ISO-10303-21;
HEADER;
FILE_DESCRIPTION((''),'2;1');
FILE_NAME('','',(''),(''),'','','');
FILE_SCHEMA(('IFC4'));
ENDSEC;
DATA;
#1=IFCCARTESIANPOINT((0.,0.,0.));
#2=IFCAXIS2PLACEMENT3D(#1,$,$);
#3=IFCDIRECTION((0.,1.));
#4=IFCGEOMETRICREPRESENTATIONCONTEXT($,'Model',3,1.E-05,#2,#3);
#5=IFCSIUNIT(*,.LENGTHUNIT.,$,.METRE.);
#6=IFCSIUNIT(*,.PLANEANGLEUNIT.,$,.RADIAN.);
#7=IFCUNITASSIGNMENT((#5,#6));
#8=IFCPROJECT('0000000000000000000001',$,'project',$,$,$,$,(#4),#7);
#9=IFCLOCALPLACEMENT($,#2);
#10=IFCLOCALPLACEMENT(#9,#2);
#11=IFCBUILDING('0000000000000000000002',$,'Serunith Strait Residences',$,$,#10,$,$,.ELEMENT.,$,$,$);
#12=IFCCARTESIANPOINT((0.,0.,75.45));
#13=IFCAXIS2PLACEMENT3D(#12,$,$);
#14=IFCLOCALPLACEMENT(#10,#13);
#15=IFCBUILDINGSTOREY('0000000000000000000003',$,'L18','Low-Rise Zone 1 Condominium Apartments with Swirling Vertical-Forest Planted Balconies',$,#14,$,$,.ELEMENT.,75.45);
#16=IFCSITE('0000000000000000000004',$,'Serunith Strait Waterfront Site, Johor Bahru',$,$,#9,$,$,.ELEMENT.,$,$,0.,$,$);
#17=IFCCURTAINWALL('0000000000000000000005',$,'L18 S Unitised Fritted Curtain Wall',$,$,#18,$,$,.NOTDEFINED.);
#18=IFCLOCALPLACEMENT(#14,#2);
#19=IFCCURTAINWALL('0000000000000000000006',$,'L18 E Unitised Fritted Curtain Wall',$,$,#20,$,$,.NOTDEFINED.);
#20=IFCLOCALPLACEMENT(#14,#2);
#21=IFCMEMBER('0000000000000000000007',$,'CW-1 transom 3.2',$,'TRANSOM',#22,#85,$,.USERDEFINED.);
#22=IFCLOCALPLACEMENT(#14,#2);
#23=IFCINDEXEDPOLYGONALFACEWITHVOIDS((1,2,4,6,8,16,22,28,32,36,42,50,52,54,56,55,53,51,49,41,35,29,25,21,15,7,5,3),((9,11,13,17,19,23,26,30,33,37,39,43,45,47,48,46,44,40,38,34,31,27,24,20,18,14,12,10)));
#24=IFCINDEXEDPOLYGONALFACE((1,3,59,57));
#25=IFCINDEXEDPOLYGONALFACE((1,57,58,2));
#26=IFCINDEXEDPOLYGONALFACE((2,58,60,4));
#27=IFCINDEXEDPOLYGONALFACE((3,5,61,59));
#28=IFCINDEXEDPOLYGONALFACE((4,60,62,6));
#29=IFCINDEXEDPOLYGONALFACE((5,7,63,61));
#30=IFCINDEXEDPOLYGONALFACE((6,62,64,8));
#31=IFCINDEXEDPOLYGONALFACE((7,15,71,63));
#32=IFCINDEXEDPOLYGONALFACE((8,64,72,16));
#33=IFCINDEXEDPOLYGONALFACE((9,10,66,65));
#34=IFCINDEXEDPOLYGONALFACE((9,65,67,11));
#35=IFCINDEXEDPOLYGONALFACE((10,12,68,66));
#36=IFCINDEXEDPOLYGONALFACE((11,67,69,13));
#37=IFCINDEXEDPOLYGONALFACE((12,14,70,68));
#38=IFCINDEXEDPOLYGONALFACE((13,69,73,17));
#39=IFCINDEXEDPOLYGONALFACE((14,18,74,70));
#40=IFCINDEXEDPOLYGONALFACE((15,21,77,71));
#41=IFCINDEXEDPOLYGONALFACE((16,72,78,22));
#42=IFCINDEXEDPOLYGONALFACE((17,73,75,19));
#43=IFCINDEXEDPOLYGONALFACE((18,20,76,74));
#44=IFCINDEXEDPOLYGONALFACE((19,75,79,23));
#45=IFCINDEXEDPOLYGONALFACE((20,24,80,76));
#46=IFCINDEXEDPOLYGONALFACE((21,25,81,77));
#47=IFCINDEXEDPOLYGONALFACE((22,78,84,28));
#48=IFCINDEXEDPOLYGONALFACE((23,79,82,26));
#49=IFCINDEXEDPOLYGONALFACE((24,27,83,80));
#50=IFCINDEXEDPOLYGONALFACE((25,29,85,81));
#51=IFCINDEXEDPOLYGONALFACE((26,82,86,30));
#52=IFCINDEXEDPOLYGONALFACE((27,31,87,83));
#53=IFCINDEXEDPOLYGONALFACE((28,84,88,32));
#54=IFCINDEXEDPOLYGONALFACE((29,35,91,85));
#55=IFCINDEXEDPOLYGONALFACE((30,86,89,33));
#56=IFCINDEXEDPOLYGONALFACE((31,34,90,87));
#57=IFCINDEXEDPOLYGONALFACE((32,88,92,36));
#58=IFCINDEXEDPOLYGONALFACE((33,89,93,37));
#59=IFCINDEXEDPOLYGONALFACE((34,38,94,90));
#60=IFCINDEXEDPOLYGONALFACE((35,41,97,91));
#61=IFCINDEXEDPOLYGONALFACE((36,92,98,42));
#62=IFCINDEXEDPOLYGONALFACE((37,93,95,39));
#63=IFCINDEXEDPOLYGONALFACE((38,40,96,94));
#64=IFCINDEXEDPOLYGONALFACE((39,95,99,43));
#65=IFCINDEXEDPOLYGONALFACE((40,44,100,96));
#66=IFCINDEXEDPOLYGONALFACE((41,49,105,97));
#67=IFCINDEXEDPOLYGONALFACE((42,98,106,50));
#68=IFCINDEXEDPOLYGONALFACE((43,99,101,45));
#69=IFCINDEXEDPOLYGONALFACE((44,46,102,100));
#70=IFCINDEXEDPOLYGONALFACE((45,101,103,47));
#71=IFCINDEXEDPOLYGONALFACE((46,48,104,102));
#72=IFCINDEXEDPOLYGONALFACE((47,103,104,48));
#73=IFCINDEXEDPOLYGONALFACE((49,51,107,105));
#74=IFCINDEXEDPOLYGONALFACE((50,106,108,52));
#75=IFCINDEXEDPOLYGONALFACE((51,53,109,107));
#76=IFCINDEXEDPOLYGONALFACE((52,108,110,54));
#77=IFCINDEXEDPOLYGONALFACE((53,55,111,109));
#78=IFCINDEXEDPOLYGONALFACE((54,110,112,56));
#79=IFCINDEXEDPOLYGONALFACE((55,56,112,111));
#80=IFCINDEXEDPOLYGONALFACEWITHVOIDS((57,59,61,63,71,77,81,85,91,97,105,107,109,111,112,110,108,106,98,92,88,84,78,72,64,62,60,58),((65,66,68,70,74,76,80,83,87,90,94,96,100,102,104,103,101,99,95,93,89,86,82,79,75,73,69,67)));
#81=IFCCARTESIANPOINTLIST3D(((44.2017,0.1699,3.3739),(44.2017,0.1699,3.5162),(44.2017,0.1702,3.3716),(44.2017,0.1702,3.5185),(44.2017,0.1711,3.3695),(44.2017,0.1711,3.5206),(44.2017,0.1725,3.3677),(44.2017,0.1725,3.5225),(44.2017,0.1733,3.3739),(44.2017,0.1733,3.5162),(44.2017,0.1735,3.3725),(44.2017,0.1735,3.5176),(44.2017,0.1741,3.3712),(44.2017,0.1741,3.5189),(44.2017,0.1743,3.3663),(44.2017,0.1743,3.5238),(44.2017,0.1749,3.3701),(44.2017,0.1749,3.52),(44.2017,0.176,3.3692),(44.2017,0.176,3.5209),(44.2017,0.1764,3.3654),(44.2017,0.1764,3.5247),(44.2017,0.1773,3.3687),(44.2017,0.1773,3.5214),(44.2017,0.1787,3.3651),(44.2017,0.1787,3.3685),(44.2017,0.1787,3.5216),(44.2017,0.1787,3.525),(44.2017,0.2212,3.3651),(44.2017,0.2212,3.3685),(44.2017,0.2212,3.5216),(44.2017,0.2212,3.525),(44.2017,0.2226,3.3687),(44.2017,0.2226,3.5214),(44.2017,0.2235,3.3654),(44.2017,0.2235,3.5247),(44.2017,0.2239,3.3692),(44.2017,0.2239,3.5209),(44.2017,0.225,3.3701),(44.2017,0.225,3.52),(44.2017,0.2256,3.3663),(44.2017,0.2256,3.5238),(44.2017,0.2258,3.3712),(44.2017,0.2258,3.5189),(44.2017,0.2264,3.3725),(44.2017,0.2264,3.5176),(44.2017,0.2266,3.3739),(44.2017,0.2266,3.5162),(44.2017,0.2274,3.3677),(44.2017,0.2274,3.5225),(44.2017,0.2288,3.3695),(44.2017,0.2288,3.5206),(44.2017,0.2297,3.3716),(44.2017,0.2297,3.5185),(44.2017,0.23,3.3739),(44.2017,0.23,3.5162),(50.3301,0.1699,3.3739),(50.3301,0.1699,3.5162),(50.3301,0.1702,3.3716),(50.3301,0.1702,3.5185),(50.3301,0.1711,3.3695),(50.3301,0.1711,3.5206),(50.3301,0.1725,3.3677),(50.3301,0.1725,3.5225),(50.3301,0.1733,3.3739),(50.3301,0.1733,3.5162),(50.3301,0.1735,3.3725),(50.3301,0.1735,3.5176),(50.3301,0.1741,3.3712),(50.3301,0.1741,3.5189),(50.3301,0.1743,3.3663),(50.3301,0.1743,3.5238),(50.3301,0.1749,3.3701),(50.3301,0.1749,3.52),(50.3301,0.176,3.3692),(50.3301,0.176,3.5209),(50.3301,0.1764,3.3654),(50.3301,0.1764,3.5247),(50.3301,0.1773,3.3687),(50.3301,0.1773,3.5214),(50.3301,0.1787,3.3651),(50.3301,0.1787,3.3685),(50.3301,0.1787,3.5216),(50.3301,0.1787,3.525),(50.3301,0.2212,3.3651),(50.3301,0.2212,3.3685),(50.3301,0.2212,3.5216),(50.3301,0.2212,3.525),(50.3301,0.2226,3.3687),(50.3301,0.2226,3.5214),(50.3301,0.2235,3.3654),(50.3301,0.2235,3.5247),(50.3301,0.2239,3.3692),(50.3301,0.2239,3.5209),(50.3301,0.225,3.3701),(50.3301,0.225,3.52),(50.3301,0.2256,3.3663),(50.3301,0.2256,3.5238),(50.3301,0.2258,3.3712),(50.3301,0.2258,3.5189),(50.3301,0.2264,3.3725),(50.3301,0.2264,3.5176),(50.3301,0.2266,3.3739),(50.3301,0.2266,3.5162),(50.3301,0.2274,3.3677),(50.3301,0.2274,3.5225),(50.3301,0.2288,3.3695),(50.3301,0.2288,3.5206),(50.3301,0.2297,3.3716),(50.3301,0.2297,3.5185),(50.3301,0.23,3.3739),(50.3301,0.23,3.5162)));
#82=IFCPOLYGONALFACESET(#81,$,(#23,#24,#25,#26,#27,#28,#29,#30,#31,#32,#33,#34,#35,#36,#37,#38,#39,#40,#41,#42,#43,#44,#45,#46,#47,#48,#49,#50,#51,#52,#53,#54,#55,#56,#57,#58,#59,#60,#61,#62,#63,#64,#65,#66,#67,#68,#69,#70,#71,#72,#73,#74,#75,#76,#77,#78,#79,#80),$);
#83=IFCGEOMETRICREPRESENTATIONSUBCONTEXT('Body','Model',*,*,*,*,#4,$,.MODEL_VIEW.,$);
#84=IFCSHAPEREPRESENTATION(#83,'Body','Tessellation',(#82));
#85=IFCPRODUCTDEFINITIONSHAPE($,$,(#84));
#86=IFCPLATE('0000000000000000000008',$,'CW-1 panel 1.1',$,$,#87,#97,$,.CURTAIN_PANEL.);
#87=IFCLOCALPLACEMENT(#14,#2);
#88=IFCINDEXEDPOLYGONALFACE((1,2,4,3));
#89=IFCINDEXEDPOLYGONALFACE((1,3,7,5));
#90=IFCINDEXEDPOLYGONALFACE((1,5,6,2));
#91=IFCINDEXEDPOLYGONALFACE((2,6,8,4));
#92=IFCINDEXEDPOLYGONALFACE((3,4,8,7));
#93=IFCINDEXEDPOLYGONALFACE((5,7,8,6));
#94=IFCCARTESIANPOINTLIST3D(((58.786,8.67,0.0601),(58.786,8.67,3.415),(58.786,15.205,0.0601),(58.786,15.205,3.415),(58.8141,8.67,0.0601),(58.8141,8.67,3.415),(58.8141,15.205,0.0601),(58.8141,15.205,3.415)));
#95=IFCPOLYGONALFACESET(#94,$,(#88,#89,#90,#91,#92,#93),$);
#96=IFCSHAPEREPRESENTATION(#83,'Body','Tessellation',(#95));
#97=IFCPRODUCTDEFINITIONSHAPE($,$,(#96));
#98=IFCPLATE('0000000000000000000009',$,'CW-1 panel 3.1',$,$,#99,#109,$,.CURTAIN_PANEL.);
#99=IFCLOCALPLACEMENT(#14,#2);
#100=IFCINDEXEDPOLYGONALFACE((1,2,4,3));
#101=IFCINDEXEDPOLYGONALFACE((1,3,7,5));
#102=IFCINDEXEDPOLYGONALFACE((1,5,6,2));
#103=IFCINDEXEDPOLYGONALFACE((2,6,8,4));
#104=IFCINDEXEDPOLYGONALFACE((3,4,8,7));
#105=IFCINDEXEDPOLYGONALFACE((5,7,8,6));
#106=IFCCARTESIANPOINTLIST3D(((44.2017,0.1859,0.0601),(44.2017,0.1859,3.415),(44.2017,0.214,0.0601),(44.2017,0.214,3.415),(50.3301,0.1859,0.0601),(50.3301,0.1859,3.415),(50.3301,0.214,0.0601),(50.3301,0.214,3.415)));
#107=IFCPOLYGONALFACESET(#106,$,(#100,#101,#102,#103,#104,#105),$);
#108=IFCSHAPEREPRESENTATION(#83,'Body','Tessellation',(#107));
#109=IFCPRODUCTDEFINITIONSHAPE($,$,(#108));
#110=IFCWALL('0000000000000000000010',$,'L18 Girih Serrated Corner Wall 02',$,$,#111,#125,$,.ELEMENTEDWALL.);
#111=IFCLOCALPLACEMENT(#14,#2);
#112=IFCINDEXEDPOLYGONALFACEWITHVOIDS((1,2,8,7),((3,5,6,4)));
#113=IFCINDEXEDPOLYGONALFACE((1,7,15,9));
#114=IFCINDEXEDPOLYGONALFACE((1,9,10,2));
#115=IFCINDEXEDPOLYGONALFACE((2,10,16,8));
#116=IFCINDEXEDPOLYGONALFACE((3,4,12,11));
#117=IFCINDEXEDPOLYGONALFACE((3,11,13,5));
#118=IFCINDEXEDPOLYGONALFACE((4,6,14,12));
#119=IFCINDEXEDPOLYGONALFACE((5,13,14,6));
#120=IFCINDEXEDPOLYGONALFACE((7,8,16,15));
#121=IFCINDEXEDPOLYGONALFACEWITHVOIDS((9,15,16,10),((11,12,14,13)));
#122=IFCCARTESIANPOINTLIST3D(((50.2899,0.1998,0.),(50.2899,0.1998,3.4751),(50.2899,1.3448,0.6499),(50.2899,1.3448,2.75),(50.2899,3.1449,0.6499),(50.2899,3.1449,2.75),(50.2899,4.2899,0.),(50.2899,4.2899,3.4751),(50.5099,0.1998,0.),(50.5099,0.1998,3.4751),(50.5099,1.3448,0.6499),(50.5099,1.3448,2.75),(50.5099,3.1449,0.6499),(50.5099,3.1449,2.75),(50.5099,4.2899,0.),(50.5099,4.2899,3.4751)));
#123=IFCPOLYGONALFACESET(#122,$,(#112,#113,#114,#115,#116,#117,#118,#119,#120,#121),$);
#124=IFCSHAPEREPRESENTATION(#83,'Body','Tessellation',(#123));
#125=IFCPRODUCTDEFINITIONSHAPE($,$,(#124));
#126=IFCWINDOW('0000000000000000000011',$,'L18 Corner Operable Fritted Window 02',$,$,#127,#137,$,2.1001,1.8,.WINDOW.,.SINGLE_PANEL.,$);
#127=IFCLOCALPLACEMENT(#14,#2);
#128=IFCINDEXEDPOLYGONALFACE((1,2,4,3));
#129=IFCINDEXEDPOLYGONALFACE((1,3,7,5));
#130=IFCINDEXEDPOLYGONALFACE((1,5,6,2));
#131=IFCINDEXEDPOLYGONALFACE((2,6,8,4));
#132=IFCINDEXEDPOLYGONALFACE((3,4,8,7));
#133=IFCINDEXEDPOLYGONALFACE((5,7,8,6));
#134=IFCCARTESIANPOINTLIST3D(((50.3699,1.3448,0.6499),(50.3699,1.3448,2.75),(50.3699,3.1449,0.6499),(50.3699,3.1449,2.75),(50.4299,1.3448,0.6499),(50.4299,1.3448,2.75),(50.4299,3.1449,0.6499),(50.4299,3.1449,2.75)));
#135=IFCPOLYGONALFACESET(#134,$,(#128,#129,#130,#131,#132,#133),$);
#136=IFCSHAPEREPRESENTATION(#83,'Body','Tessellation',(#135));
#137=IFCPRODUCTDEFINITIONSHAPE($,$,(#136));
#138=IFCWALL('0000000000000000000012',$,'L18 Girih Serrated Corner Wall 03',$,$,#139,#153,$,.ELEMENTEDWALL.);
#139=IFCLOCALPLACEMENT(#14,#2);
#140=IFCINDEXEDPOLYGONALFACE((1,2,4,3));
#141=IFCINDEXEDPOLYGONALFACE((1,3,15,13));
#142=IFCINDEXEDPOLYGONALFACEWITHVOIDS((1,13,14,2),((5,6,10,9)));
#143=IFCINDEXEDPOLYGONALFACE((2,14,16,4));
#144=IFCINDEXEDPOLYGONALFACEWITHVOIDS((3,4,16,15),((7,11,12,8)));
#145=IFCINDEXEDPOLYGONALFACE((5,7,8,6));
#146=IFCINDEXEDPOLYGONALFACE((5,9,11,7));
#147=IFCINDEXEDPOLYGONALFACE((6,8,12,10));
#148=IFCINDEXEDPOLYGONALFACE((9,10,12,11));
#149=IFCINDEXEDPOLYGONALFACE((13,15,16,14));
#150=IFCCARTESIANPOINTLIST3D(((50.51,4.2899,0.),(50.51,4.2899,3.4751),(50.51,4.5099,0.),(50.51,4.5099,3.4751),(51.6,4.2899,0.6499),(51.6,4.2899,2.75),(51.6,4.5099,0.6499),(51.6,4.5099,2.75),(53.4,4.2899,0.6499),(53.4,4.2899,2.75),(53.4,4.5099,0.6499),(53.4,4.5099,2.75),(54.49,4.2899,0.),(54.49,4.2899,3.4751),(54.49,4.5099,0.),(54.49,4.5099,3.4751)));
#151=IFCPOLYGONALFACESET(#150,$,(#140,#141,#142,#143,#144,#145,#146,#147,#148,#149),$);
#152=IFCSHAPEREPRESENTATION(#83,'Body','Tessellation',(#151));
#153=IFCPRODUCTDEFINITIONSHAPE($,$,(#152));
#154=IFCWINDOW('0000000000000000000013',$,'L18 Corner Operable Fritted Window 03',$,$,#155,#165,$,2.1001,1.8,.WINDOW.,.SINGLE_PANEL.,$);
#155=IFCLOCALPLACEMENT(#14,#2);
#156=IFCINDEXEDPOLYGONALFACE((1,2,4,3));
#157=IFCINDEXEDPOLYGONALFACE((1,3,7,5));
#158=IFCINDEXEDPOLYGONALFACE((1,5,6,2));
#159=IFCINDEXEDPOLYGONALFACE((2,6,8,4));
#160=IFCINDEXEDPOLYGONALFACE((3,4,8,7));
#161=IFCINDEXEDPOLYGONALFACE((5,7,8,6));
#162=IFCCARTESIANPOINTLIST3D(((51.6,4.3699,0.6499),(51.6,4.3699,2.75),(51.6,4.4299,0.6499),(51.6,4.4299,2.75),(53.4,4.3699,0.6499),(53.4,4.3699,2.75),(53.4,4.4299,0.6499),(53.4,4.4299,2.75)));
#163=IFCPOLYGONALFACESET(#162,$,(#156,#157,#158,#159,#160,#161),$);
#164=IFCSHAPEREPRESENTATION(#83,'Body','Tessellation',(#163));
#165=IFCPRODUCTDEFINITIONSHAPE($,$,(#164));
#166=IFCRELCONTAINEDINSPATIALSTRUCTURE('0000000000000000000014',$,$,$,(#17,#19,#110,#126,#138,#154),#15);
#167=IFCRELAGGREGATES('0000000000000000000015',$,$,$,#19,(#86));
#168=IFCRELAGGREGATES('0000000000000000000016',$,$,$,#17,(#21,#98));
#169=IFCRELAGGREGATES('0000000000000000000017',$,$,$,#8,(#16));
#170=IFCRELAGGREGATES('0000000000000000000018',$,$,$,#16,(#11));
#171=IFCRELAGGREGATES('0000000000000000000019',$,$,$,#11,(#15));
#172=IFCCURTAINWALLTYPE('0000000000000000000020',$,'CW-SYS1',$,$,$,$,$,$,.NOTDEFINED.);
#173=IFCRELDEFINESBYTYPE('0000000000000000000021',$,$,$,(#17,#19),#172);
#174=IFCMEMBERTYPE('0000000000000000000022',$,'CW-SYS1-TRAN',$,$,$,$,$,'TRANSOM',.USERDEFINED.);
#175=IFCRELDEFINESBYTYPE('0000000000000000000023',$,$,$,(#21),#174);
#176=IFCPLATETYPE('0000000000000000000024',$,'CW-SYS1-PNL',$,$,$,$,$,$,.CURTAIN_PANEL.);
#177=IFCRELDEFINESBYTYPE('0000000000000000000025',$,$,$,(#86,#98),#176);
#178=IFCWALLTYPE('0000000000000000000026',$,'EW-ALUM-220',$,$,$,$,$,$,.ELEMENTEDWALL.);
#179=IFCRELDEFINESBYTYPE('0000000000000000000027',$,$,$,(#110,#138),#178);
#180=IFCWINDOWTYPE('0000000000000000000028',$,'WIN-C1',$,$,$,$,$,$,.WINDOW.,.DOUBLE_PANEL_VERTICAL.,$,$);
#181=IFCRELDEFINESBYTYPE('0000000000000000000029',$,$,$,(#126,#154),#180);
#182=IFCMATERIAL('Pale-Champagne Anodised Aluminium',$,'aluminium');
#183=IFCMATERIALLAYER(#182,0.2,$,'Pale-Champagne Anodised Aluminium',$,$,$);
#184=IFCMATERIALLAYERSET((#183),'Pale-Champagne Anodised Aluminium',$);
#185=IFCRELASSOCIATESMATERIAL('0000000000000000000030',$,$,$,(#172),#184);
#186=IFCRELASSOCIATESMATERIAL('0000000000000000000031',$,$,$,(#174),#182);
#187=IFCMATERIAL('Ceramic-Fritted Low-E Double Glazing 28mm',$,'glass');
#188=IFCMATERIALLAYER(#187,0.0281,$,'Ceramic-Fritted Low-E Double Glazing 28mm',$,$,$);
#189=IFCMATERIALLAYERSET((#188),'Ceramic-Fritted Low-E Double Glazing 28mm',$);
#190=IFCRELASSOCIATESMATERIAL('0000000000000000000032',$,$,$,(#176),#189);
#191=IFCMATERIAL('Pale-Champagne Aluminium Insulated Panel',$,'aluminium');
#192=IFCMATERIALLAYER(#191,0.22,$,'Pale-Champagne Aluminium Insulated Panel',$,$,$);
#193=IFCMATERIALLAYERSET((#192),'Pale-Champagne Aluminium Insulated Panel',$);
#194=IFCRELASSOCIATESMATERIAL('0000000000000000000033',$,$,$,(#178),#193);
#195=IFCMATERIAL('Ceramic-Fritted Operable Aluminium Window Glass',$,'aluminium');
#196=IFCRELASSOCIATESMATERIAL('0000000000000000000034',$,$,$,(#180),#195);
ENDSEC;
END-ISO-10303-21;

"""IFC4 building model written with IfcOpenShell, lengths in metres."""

from ifc_helpers import new_model, si_unit, direction, frame, frame_2d, origin, origin_2d, place, context, subcontext, project, spatial, rectangle, hollow_rectangle, extrude, source, transform, mapped, material, layer, layer_set, material_profile, profile_set, type_object, element, fill, aggregate, save


model = new_model("IFC4")

# Units and contexts
model_context = context("Model", 3, precision=1e-05, world=origin(), true_north=direction((0.0, 1.0)))
body_context = subcontext(model_context, "Body", "Model", "MODEL_VIEW")
ifc_project = project(units=[si_unit("LENGTHUNIT", "METRE"), si_unit("PLANEANGLEUNIT", "RADIAN")], contexts=[model_context])

# Site, building, storey
site_placement = place(None, origin())
site = spatial("IfcSite", under=ifc_project, at=site_placement, Name="Serunith Strait Waterfront Site, Johor Bahru", CompositionType="ELEMENT", RefElevation=0.0)
building_placement = place(site_placement, origin())
building = spatial("IfcBuilding", under=site, at=building_placement, Name="Serunith Strait Residences", CompositionType="ELEMENT")
storey_placement = place(building_placement, frame((0.0, 0.0, 75.45)))
storey = spatial("IfcBuildingStorey", under=building, at=storey_placement, Name="L18", Description="Low-Rise Zone 1 Condominium Apartments with Swirling Vertical-Forest Planted Balconies", CompositionType="ELEMENT", Elevation=75.45)

# Curtain walls
ifc_material_1 = material(Name="Pale-Champagne Anodised Aluminium", Category="aluminium")
ifc_layer_1 = layer(ifc_material_1, 0.2, Name="Pale-Champagne Anodised Aluminium")
ifc_layer_set_1 = layer_set([ifc_layer_1], Name="Pale-Champagne Anodised Aluminium")
curtain_wall_type = type_object("IfcCurtainWallType", Name="CW-SYS1", PredefinedType="NOTDEFINED", material=ifc_layer_set_1)
curtain_wall_1_placement = place(storey_placement, origin())
curtain_wall_1 = element("IfcCurtainWall", 1, at=curtain_wall_1_placement, inside=storey, type_object=curtain_wall_type, Name="L18 S Unitised Fritted Curtain Wall", PredefinedType="NOTDEFINED")
curtain_wall_2_placement = place(storey_placement, origin())
curtain_wall_2 = element("IfcCurtainWall", 2, at=curtain_wall_2_placement, inside=storey, type_object=curtain_wall_type, Name="L18 E Unitised Fritted Curtain Wall", PredefinedType="NOTDEFINED")
ifc_material_profile_1 = material_profile(ifc_material_1, hollow_rectangle(XDim=0.0601, YDim=0.1599, WallThickness=0.0034, InnerFilletRadius=0.0054, OuterFilletRadius=0.0088, at=origin_2d()), Name="ALU 160x60x3.5")
ifc_profile_set_1 = profile_set([ifc_material_profile_1], Name="Pale-Champagne Anodised Aluminium")
member_type_1 = type_object("IfcMemberType", Name="CW-SYS1-TRAN", ElementType="TRANSOM", PredefinedType="USERDEFINED", material=ifc_profile_set_1)

# Member
shared_shape_1 = source(origin(), body_context, "Body", "SweptSolid", [
    extrude(hollow_rectangle(XDim=0.0601, YDim=0.1599, WallThickness=0.0034, InnerFilletRadius=0.0054, OuterFilletRadius=0.0088, at=origin_2d()), origin(), (0.0, 0.0, 1.0), 6.1284),
])
member_1_placement = place(storey_placement, frame((44.2017, 0.2, 3.4451), z_axis=(1.0, 0.0, 0.0), x_axis=(0.0, 1.0, 0.0)))
member_1 = element("IfcMember", 3, at=member_1_placement, type_object=member_type_1, Name="CW-1 transom 3.2", ObjectType="TRANSOM", PredefinedType="USERDEFINED", context=body_context, shape_type="MappedRepresentation", body=[
    mapped(shared_shape_1, transform((0.0, 0.0, 0.0), scale=1.0)),
])

# Plates
ifc_material_2 = material(Name="Ceramic-Fritted Low-E Double Glazing 28mm", Category="glass")
ifc_layer_2 = layer(ifc_material_2, 0.0281, Name="Ceramic-Fritted Low-E Double Glazing 28mm")
ifc_layer_set_2 = layer_set([ifc_layer_2], Name="Ceramic-Fritted Low-E Double Glazing 28mm")
plate_type = type_object("IfcPlateType", Name="CW-SYS1-PNL", PredefinedType="CURTAIN_PANEL", material=ifc_layer_set_2)
shared_shape_2 = source(origin(), body_context, "Body", "SweptSolid", [
    extrude(rectangle(XDim=6.5349, YDim=0.0281, at=origin_2d()), origin(), (0.0, 0.0, 1.0), 3.355),
])
plate_1_placement = place(storey_placement, frame((58.8, 11.9375, 0.0601), z_axis=(0.0, 0.0, 1.0), x_axis=(0.0, 1.0, 0.0)))
plate_1 = element("IfcPlate", 4, at=plate_1_placement, type_object=plate_type, Name="CW-1 panel 1.1", PredefinedType="CURTAIN_PANEL", context=body_context, shape_type="MappedRepresentation", body=[
    mapped(shared_shape_2, transform((0.0, 0.0, 0.0), scale=1.0)),
])
aggregate(curtain_wall_2, [plate_1])
shared_shape_3 = source(origin(), body_context, "Body", "SweptSolid", [
    extrude(rectangle(XDim=6.1284, YDim=0.0281, at=origin_2d()), origin(), (0.0, 0.0, 1.0), 3.355),
])
plate_2_placement = place(storey_placement, frame((47.2659, 0.2, 0.0601), z_axis=(0.0, 0.0, 1.0), x_axis=(1.0, 0.0, 0.0)))
plate_2 = element("IfcPlate", 5, at=plate_2_placement, type_object=plate_type, Name="CW-1 panel 3.1", PredefinedType="CURTAIN_PANEL", context=body_context, shape_type="MappedRepresentation", body=[
    mapped(shared_shape_3, transform((0.0, 0.0, 0.0), scale=1.0)),
])
aggregate(curtain_wall_1, [member_1, plate_2])

# Walls, openings, windows
ifc_material_3 = material(Name="Pale-Champagne Aluminium Insulated Panel", Category="aluminium")
ifc_layer_3 = layer(ifc_material_3, 0.22, Name="Pale-Champagne Aluminium Insulated Panel")
ifc_layer_set_3 = layer_set([ifc_layer_3], Name="Pale-Champagne Aluminium Insulated Panel")
wall_type_1 = type_object("IfcWallType", Name="EW-ALUM-220", PredefinedType="ELEMENTEDWALL", material=ifc_layer_set_3)
wall_1_placement = place(storey_placement, frame((50.3999, 0.2, 0.0), z_axis=(0.0, 0.0, 1.0), x_axis=(0.0, 1.0, 0.0)))
wall_1 = element("IfcWall", 6, at=wall_1_placement, inside=storey, type_object=wall_type_1, Name="L18 Girih Serrated Corner Wall 02", PredefinedType="ELEMENTEDWALL", context=body_context, shape_type="SweptSolid", body=[
    extrude(rectangle(XDim=4.0901, YDim=0.22, at=frame_2d((2.0449, 0.0))), origin(), (0.0, 0.0, 1.0), 3.4751),
])
opening_1_placement = place(wall_1_placement, frame((1.145, 0.0, 0.6499)))
opening_1 = element("IfcOpeningElement", 7, at=opening_1_placement, cuts=wall_1, PredefinedType="OPENING", context=body_context, shape_type="SweptSolid", body=[
    extrude(rectangle(XDim=1.8, YDim=2.1001, at=frame_2d((0.8999, 1.05))), frame((0.0, 0.1201, 0.0), z_axis=(0.0, -1.0, 0.0), x_axis=(1.0, 0.0, 0.0)), (0.0, 0.0, 1.0), 0.24),
])
ifc_material_4 = material(Name="Ceramic-Fritted Operable Aluminium Window Glass", Category="aluminium")
window_type = type_object("IfcWindowType", Name="WIN-C1", PartitioningType="DOUBLE_PANEL_VERTICAL", PredefinedType="WINDOW", material=ifc_material_4)
shared_shape_4 = source(origin(), body_context, "Body", "SweptSolid", [
    extrude(rectangle(XDim=1.8, YDim=2.1001, at=frame_2d((0.8999, 1.05))), frame((0.0, 0.03, 0.0), z_axis=(0.0, -1.0, 0.0), x_axis=(1.0, 0.0, 0.0)), (0.0, 0.0, 1.0), 0.0601),
])
window_1_placement = place(opening_1_placement, origin())
window_1 = element("IfcWindow", 8, at=window_1_placement, inside=storey, type_object=window_type, Name="L18 Corner Operable Fritted Window 02", OverallHeight=2.1001, OverallWidth=1.8, PartitioningType="SINGLE_PANEL", PredefinedType="WINDOW", context=body_context, shape_type="MappedRepresentation", body=[
    mapped(shared_shape_4, transform((0.0, 0.0, 0.0), scale=1.0)),
])
fill(opening_1, window_1)
wall_2_placement = place(storey_placement, frame((50.51, 4.3999, 0.0), z_axis=(0.0, 0.0, 1.0), x_axis=(1.0, 0.0, 0.0)))
wall_2 = element("IfcWall", 9, at=wall_2_placement, inside=storey, type_object=wall_type_1, Name="L18 Girih Serrated Corner Wall 03", PredefinedType="ELEMENTEDWALL", context=body_context, shape_type="SweptSolid", body=[
    extrude(rectangle(XDim=3.98, YDim=0.22, at=frame_2d((1.99, 0.0))), origin(), (0.0, 0.0, 1.0), 3.4751),
])
opening_2_placement = place(wall_2_placement, frame((1.0901, 0.0, 0.6499)))
opening_2 = element("IfcOpeningElement", 10, at=opening_2_placement, cuts=wall_2, PredefinedType="OPENING", context=body_context, shape_type="SweptSolid", body=[
    extrude(rectangle(XDim=1.8, YDim=2.1001, at=frame_2d((0.8999, 1.05))), frame((0.0, 0.1201, 0.0), z_axis=(0.0, -1.0, 0.0), x_axis=(1.0, 0.0, 0.0)), (0.0, 0.0, 1.0), 0.24),
])
window_2_placement = place(opening_2_placement, origin())
window_2 = element("IfcWindow", 11, at=window_2_placement, inside=storey, type_object=window_type, Name="L18 Corner Operable Fritted Window 03", OverallHeight=2.1001, OverallWidth=1.8, PartitioningType="SINGLE_PANEL", PredefinedType="WINDOW", context=body_context, shape_type="MappedRepresentation", body=[
    mapped(shared_shape_4, transform((0.0, 0.0, 0.0), scale=1.0)),
])
fill(opening_2, window_2)

save(model, "model.ifc")
